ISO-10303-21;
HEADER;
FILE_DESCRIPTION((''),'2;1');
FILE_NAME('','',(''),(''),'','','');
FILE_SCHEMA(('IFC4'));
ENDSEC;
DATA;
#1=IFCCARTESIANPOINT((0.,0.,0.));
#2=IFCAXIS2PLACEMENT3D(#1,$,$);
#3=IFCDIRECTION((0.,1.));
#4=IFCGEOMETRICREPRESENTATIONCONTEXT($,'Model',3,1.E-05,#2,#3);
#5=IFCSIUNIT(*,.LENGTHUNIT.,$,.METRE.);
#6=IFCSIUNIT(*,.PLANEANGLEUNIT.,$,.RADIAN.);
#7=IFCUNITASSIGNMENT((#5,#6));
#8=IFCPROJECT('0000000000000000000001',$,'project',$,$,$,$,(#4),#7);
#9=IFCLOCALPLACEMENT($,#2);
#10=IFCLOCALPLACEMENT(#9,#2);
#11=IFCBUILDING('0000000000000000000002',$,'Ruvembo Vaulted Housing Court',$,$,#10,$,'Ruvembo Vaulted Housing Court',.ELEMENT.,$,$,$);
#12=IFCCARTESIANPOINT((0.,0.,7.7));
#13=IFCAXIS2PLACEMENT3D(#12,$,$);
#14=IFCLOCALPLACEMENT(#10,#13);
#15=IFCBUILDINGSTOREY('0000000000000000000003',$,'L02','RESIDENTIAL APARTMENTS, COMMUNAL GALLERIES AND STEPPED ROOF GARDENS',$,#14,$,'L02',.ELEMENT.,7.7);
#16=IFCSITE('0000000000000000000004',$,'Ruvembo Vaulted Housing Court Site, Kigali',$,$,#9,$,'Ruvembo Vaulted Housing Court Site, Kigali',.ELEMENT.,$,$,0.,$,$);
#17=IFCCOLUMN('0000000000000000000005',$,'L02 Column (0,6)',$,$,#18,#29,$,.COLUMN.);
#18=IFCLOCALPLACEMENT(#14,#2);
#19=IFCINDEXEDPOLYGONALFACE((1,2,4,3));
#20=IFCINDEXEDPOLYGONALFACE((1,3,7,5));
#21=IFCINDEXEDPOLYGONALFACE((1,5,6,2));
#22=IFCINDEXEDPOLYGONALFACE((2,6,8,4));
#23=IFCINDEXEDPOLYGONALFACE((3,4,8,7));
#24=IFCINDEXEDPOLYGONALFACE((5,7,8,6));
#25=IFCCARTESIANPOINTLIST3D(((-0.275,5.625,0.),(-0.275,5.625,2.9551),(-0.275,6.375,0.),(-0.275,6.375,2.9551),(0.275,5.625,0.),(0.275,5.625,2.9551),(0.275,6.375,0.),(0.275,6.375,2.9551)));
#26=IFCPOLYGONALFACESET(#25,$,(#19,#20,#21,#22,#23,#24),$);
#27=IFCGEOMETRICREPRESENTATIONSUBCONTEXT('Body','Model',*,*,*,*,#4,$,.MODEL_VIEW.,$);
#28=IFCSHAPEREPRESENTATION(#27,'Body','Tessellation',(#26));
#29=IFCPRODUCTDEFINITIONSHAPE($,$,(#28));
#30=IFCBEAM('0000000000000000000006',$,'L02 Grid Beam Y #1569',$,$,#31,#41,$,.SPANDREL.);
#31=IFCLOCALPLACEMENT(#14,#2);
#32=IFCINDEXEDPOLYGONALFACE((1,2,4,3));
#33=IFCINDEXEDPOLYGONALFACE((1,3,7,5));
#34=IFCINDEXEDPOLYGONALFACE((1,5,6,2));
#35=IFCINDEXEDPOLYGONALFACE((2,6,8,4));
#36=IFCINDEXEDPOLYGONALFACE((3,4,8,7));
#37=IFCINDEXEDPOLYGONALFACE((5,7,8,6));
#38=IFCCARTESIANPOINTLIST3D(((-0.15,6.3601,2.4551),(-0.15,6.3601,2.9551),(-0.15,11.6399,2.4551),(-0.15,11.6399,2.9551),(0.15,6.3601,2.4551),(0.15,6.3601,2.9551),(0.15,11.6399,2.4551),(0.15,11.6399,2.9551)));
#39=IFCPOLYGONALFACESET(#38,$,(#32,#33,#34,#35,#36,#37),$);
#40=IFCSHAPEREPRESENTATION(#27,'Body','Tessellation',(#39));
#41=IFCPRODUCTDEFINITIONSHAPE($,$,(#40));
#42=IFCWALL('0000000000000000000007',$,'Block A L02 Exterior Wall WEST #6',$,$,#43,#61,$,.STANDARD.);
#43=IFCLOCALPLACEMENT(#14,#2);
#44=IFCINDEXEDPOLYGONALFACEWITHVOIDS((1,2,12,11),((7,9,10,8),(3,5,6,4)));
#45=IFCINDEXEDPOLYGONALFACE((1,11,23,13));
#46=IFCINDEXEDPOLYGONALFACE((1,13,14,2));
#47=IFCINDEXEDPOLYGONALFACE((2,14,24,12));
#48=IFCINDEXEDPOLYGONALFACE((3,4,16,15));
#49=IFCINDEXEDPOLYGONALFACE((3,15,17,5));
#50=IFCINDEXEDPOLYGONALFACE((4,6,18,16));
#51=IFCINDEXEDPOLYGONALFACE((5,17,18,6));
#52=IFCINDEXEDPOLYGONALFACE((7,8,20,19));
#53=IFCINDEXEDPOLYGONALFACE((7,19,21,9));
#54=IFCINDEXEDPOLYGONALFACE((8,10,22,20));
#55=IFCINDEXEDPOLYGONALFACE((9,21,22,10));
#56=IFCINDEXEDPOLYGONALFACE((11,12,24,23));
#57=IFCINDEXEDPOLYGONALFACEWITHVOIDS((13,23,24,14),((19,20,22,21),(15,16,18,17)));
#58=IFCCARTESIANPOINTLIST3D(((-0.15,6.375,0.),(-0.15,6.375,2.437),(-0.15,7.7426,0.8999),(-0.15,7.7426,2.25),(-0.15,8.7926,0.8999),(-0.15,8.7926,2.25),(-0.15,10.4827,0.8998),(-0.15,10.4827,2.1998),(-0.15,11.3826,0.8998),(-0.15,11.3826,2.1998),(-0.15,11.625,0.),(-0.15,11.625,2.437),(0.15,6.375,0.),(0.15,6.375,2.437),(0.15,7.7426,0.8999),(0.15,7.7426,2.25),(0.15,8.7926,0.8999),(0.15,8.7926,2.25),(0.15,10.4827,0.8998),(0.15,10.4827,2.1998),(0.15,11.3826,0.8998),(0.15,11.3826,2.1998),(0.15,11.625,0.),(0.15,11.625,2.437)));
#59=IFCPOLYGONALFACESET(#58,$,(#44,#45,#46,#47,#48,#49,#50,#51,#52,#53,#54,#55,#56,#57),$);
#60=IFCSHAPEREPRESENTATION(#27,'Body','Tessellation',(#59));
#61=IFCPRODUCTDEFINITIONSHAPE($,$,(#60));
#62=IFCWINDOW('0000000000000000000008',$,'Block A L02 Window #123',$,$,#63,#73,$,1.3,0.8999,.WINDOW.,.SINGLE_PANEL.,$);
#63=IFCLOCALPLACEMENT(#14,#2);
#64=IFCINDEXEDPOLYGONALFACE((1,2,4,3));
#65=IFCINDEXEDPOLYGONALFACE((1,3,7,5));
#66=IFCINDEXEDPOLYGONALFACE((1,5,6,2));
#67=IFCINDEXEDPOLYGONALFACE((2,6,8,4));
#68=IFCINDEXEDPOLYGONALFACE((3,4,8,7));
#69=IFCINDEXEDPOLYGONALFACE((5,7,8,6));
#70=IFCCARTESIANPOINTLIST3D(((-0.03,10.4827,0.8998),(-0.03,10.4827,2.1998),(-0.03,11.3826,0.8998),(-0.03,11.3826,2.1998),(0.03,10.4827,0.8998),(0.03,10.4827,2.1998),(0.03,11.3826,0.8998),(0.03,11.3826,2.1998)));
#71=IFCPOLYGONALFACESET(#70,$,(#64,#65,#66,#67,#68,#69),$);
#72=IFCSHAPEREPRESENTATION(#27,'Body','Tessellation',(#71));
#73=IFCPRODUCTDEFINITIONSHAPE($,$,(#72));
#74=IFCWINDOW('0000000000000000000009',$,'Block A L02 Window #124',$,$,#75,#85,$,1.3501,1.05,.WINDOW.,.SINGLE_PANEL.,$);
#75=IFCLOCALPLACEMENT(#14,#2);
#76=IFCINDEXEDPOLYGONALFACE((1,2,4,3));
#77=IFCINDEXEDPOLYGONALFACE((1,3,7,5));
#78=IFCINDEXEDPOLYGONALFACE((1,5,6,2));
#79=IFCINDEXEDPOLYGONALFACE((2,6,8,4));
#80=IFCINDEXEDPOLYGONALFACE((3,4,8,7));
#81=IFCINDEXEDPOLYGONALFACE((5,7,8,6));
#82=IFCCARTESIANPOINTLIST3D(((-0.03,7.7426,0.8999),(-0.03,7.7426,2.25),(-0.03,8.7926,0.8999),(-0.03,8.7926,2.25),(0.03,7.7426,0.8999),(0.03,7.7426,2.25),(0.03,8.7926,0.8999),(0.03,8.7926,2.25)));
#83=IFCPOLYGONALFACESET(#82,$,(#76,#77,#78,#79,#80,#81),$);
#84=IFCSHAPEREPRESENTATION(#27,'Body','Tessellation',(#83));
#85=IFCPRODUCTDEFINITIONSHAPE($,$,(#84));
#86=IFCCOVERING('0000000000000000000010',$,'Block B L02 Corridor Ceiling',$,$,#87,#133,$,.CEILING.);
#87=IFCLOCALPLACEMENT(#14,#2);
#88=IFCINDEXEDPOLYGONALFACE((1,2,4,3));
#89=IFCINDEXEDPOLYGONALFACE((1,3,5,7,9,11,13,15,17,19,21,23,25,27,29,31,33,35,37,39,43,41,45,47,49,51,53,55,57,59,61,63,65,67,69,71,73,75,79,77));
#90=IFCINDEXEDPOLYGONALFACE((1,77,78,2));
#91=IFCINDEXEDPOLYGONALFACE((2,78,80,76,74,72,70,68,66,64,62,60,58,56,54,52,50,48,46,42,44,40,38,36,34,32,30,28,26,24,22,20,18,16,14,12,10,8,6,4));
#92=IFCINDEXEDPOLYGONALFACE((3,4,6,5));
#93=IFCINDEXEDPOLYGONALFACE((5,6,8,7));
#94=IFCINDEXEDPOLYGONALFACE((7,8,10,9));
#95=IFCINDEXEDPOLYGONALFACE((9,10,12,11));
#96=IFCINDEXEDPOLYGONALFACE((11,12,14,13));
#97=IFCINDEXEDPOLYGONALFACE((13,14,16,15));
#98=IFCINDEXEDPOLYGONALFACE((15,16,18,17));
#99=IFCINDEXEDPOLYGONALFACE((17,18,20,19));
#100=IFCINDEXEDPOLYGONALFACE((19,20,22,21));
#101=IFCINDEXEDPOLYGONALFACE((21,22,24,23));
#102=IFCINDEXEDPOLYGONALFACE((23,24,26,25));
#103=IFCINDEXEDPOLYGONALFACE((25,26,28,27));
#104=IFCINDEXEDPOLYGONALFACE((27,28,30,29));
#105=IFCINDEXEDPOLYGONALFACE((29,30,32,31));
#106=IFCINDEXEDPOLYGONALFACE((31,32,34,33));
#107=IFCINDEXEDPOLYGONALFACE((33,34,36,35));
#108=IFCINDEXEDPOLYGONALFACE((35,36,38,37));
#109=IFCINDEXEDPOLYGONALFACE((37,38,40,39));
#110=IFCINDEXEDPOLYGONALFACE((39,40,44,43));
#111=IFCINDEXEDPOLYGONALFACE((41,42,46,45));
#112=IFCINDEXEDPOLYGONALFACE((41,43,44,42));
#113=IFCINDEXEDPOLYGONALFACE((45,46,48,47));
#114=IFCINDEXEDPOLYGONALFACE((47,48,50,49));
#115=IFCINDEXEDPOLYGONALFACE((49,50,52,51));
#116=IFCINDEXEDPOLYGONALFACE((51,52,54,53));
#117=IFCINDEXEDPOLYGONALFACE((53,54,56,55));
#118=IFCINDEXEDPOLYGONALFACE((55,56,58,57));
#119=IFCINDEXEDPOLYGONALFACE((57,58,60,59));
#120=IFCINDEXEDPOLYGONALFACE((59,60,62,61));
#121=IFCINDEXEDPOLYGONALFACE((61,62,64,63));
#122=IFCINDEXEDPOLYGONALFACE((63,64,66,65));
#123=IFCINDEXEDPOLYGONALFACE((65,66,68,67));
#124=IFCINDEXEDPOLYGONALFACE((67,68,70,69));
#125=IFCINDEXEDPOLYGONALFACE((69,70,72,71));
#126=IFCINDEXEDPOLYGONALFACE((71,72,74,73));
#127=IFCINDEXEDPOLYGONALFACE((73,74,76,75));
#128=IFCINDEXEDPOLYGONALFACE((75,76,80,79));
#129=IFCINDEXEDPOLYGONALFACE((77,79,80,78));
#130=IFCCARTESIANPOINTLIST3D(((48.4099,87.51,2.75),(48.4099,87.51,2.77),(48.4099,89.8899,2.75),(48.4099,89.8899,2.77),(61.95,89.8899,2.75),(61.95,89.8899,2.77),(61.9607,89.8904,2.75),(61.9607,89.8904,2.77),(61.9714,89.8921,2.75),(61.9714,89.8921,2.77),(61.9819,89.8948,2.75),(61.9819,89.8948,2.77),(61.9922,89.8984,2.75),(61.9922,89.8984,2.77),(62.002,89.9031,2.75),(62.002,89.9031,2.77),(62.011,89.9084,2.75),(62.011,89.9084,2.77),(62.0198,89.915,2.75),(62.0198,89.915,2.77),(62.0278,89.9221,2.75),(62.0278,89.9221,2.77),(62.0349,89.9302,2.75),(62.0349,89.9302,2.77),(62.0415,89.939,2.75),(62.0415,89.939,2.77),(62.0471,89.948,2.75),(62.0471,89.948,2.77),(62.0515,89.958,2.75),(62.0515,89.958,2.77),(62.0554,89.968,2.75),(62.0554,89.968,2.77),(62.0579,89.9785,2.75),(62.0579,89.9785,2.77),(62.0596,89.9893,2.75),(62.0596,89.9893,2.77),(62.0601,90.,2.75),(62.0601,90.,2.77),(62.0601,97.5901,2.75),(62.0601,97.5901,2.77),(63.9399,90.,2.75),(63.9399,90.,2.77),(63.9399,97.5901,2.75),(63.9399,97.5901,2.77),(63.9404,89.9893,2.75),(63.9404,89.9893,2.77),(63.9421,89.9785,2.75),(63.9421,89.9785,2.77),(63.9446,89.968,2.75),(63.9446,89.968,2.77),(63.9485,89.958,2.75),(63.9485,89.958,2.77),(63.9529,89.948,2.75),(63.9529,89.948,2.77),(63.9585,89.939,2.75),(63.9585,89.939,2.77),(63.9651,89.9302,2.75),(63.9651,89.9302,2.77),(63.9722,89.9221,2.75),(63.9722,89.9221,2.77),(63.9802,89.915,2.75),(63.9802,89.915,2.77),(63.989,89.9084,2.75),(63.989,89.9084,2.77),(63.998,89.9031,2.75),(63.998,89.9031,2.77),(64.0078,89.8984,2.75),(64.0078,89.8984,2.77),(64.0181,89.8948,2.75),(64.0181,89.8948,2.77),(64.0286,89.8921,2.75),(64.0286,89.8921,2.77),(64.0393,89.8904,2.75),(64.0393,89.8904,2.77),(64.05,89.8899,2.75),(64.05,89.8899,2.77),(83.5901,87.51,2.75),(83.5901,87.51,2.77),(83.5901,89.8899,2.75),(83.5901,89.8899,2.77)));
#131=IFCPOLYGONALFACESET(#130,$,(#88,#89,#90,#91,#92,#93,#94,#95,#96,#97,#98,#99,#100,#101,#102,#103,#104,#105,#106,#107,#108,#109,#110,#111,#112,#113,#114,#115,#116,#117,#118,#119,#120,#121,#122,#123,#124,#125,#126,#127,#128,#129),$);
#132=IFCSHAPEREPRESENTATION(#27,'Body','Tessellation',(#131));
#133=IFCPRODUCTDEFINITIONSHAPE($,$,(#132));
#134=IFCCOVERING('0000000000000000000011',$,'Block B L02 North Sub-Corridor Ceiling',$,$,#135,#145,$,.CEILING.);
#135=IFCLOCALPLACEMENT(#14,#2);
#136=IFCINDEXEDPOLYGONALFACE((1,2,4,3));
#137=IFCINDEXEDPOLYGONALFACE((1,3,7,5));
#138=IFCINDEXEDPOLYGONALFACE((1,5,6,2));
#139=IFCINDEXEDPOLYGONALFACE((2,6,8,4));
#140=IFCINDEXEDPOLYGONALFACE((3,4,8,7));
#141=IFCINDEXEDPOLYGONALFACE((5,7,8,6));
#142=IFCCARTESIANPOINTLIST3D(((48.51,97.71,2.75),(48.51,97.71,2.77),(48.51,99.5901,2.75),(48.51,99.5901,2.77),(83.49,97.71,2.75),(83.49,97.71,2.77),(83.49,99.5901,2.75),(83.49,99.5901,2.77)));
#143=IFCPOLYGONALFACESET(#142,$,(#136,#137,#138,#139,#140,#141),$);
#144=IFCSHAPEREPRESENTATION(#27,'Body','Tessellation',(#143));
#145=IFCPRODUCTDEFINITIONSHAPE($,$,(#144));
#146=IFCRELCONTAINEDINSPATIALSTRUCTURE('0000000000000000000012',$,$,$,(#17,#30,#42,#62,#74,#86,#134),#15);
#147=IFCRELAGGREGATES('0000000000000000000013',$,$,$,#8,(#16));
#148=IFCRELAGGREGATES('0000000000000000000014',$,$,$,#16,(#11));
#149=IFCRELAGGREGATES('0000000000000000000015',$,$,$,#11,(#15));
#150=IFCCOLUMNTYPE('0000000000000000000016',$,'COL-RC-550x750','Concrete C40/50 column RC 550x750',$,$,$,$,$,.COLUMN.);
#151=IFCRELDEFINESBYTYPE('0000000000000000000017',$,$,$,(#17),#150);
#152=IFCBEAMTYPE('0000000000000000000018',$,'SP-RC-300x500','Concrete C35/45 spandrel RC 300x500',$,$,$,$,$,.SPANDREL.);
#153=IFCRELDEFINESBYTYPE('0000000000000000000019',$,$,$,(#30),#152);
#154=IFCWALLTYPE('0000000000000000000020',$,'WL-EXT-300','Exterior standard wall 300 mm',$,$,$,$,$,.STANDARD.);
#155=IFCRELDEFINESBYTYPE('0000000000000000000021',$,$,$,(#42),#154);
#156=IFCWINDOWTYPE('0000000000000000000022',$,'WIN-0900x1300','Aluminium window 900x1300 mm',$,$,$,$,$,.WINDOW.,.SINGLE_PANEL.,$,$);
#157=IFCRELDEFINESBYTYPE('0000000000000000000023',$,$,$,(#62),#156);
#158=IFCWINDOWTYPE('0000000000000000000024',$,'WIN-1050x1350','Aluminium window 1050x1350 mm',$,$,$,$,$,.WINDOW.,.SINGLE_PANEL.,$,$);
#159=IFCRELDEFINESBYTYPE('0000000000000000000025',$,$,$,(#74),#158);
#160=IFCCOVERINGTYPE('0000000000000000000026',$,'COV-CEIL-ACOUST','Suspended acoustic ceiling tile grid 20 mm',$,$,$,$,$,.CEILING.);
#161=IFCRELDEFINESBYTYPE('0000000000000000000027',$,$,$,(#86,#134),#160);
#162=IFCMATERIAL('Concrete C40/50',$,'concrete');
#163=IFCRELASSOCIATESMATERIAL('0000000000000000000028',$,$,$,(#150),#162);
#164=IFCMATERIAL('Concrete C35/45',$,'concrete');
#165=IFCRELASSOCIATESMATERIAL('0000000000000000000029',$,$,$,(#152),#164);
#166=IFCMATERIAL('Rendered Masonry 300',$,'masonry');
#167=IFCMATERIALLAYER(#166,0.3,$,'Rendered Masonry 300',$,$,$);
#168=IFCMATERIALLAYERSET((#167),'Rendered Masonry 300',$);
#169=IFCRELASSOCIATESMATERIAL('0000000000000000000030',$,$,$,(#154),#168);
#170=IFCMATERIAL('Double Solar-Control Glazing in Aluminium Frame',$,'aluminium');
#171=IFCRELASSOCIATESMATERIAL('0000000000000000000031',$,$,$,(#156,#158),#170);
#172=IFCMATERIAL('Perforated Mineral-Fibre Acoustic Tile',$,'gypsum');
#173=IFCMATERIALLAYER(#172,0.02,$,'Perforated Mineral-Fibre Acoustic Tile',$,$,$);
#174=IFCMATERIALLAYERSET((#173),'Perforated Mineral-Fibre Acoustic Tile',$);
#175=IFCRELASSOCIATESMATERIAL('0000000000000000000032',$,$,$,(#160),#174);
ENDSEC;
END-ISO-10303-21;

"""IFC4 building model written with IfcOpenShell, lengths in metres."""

from ifc_helpers import new_model, si_unit, direction, frame, frame_2d, origin, origin_2d, place, context, subcontext, project, spatial, polyline, rectangle, outline, extrude, material, layer, layer_set, material_profile, profile_set, type_object, element, fill, save


model = new_model("IFC4")

# Units and contexts
model_context = context("Model", 3, precision=1e-05, world=origin(), true_north=direction((0.0, 1.0)))
body_context = subcontext(model_context, "Body", "Model", "MODEL_VIEW")
ifc_project = project(units=[si_unit("LENGTHUNIT", "METRE"), si_unit("PLANEANGLEUNIT", "RADIAN")], contexts=[model_context])

# Site, building, storey
site_placement = place(None, origin())
site = spatial("IfcSite", under=ifc_project, at=site_placement, Name="Ruvembo Vaulted Housing Court Site, Kigali", LongName="Ruvembo Vaulted Housing Court Site, Kigali", CompositionType="ELEMENT", RefElevation=0.0)
building_placement = place(site_placement, origin())
building = spatial("IfcBuilding", under=site, at=building_placement, Name="Ruvembo Vaulted Housing Court", LongName="Ruvembo Vaulted Housing Court", CompositionType="ELEMENT")
storey_placement = place(building_placement, frame((0.0, 0.0, 7.7)))
storey = spatial("IfcBuildingStorey", under=building, at=storey_placement, Name="L02", Description="RESIDENTIAL APARTMENTS, COMMUNAL GALLERIES AND STEPPED ROOF GARDENS", LongName="L02", CompositionType="ELEMENT", Elevation=7.7)

# Column
ifc_material_1 = material(Name="Concrete C40/50", Category="concrete")
ifc_material_profile_1 = material_profile(ifc_material_1, rectangle(XDim=0.55, YDim=0.75, at=origin_2d()), Name="RC 550x750")
ifc_profile_set_1 = profile_set([ifc_material_profile_1], Name="Concrete C40/50")
column_type = type_object("IfcColumnType", Name="COL-RC-550x750", Description="Concrete C40/50 column RC 550x750", PredefinedType="COLUMN", material=ifc_profile_set_1)
column_placement = place(storey_placement, frame((0.0, 6.0, 0.0), z_axis=(0.0, 0.0, 1.0), x_axis=(1.0, 0.0, 0.0)))
element("IfcColumn", 1, at=column_placement, inside=storey, type_object=column_type, Name="L02 Column (0,6)", PredefinedType="COLUMN", context=body_context, shape_type="SweptSolid", body=[
    extrude(rectangle(XDim=0.55, YDim=0.75, at=origin_2d()), origin(), (0.0, 0.0, 1.0), 2.9551),
])

# Beam
ifc_material_2 = material(Name="Concrete C35/45", Category="concrete")
ifc_material_profile_2 = material_profile(ifc_material_2, rectangle(XDim=0.3, YDim=0.5, at=origin_2d()), Name="RC 300x500")
ifc_profile_set_2 = profile_set([ifc_material_profile_2], Name="Concrete C35/45")
beam_type = type_object("IfcBeamType", Name="SP-RC-300x500", Description="Concrete C35/45 spandrel RC 300x500", PredefinedType="SPANDREL", material=ifc_profile_set_2)
beam_placement = place(storey_placement, frame((0.0, 6.3601, 2.7051), z_axis=(0.0, 1.0, 0.0), x_axis=(-1.0, 0.0, 0.0)))
element("IfcBeam", 2, at=beam_placement, inside=storey, type_object=beam_type, Name="L02 Grid Beam Y #1569", PredefinedType="SPANDREL", context=body_context, shape_type="SweptSolid", body=[
    extrude(rectangle(XDim=0.3, YDim=0.5, at=origin_2d()), origin(), (0.0, 0.0, 1.0), 5.2798),
])

# Wall, openings, windows
ifc_material_3 = material(Name="Rendered Masonry 300", Category="masonry")
ifc_layer_1 = layer(ifc_material_3, 0.3, Name="Rendered Masonry 300")
ifc_layer_set_1 = layer_set([ifc_layer_1], Name="Rendered Masonry 300")
wall_type = type_object("IfcWallType", Name="WL-EXT-300", Description="Exterior standard wall 300 mm", PredefinedType="STANDARD", material=ifc_layer_set_1)
wall_placement = place(storey_placement, frame((0.0, 11.625, 0.0), z_axis=(0.0, 0.0, 1.0), x_axis=(0.0, -1.0, 0.0)))
wall = element("IfcWall", 3, at=wall_placement, inside=storey, type_object=wall_type, Name="Block A L02 Exterior Wall WEST #6", PredefinedType="STANDARD", context=body_context, shape_type="SweptSolid", body=[
    extrude(rectangle(XDim=5.25, YDim=0.3, at=frame_2d((2.625, 0.0))), origin(), (0.0, 0.0, 1.0), 2.437),
])
opening_1_placement = place(wall_placement, frame((0.2424, 0.0, 0.8999)))
opening_1 = element("IfcOpeningElement", 4, at=opening_1_placement, cuts=wall, PredefinedType="OPENING", context=body_context, shape_type="SweptSolid", body=[
    extrude(rectangle(XDim=0.8999, YDim=1.3, at=frame_2d((0.45, 0.6499))), frame((0.0, 0.1599, 0.0), z_axis=(0.0, -1.0, 0.0), x_axis=(1.0, 0.0, 0.0)), (0.0, 0.0, 1.0), 0.3201),
])
opening_2_placement = place(wall_placement, frame((2.8325, 0.0, 0.8999)))
opening_2 = element("IfcOpeningElement", 5, at=opening_2_placement, cuts=wall, PredefinedType="OPENING", context=body_context, shape_type="SweptSolid", body=[
    extrude(rectangle(XDim=1.05, YDim=1.3501, at=frame_2d((0.5249, 0.675))), frame((0.0, 0.1599, 0.0), z_axis=(0.0, -1.0, 0.0), x_axis=(1.0, 0.0, 0.0)), (0.0, 0.0, 1.0), 0.3201),
])
ifc_material_4 = material(Name="Double Solar-Control Glazing in Aluminium Frame", Category="aluminium")
window_type_1 = type_object("IfcWindowType", Name="WIN-0900x1300", Description="Aluminium window 900x1300 mm", PartitioningType="SINGLE_PANEL", PredefinedType="WINDOW", material=ifc_material_4)
window_1_placement = place(opening_1_placement, origin())
window_1 = element("IfcWindow", 6, at=window_1_placement, inside=storey, type_object=window_type_1, Name="Block A L02 Window #123", OverallHeight=1.3, OverallWidth=0.8999, PartitioningType="SINGLE_PANEL", PredefinedType="WINDOW", context=body_context, shape_type="SweptSolid", body=[
    extrude(rectangle(XDim=0.8999, YDim=1.3, at=frame_2d((0.45, 0.6499))), frame((0.0, 0.03, 0.0), z_axis=(0.0, -1.0, 0.0), x_axis=(1.0, 0.0, 0.0)), (0.0, 0.0, 1.0), 0.0601),
])
fill(opening_1, window_1)
window_type_2 = type_object("IfcWindowType", Name="WIN-1050x1350", Description="Aluminium window 1050x1350 mm", PartitioningType="SINGLE_PANEL", PredefinedType="WINDOW", material=ifc_material_4)
window_2_placement = place(opening_2_placement, origin())
window_2 = element("IfcWindow", 7, at=window_2_placement, inside=storey, type_object=window_type_2, Name="Block A L02 Window #124", OverallHeight=1.3501, OverallWidth=1.05, PartitioningType="SINGLE_PANEL", PredefinedType="WINDOW", context=body_context, shape_type="SweptSolid", body=[
    extrude(rectangle(XDim=1.05, YDim=1.3501, at=frame_2d((0.5249, 0.675))), frame((0.0, 0.03, 0.0), z_axis=(0.0, -1.0, 0.0), x_axis=(1.0, 0.0, 0.0)), (0.0, 0.0, 1.0), 0.0601),
])
fill(opening_2, window_2)

# Coverings
ifc_material_5 = material(Name="Perforated Mineral-Fibre Acoustic Tile", Category="gypsum")
ifc_layer_2 = layer(ifc_material_5, 0.02, Name="Perforated Mineral-Fibre Acoustic Tile")
ifc_layer_set_2 = layer_set([ifc_layer_2], Name="Perforated Mineral-Fibre Acoustic Tile")
covering_type_1 = type_object("IfcCoveringType", Name="COV-CEIL-ACOUST", Description="Suspended acoustic ceiling tile grid 20 mm", PredefinedType="CEILING", material=ifc_layer_set_2)
covering_1_placement = place(storey_placement, frame((0.0, 0.0, 2.75)))
element("IfcCovering", 8, at=covering_1_placement, inside=storey, type_object=covering_type_1, Name="Block B L02 Corridor Ceiling", PredefinedType="CEILING", context=body_context, shape_type="SweptSolid", body=[
    extrude(outline(polyline([(83.5901, 87.51), (83.5901, 89.8899), (64.05, 89.8899), (64.0393, 89.8904), (64.0286, 89.8921), (64.0181, 89.8948), (64.0078, 89.8984), (63.998, 89.9031), (63.989, 89.9084), (63.9802, 89.915), (63.9722, 89.9221), (63.9651, 89.9302), (63.9585, 89.939), (63.9529, 89.948), (63.9485, 89.958), (63.9446, 89.968), (63.9421, 89.9785), (63.9404, 89.9893), (63.9399, 90.0), (63.9399, 97.5901), (62.0601, 97.5901), (62.0601, 90.0), (62.0596, 89.9893), (62.0579, 89.9785), (62.0554, 89.968), (62.0515, 89.958), (62.0471, 89.948), (62.0415, 89.939), (62.0349, 89.9302), (62.0278, 89.9221), (62.0198, 89.915), (62.011, 89.9084), (62.002, 89.9031), (61.9922, 89.8984), (61.9819, 89.8948), (61.9714, 89.8921), (61.9607, 89.8904), (61.95, 89.8899), (48.4099, 89.8899), (48.4099, 87.51), (83.5901, 87.51)])), origin(), (0.0, 0.0, 1.0), 0.02),
])
covering_2_placement = place(storey_placement, frame((0.0, 0.0, 2.75)))
element("IfcCovering", 9, at=covering_2_placement, inside=storey, type_object=covering_type_1, Name="Block B L02 North Sub-Corridor Ceiling", PredefinedType="CEILING", context=body_context, shape_type="SweptSolid", body=[
    extrude(outline(polyline([(48.51, 97.71), (83.49, 97.71), (83.49, 99.5901), (48.51, 99.5901), (48.51, 97.71)])), origin(), (0.0, 0.0, 1.0), 0.02),
])

save(model, "model.ifc")
